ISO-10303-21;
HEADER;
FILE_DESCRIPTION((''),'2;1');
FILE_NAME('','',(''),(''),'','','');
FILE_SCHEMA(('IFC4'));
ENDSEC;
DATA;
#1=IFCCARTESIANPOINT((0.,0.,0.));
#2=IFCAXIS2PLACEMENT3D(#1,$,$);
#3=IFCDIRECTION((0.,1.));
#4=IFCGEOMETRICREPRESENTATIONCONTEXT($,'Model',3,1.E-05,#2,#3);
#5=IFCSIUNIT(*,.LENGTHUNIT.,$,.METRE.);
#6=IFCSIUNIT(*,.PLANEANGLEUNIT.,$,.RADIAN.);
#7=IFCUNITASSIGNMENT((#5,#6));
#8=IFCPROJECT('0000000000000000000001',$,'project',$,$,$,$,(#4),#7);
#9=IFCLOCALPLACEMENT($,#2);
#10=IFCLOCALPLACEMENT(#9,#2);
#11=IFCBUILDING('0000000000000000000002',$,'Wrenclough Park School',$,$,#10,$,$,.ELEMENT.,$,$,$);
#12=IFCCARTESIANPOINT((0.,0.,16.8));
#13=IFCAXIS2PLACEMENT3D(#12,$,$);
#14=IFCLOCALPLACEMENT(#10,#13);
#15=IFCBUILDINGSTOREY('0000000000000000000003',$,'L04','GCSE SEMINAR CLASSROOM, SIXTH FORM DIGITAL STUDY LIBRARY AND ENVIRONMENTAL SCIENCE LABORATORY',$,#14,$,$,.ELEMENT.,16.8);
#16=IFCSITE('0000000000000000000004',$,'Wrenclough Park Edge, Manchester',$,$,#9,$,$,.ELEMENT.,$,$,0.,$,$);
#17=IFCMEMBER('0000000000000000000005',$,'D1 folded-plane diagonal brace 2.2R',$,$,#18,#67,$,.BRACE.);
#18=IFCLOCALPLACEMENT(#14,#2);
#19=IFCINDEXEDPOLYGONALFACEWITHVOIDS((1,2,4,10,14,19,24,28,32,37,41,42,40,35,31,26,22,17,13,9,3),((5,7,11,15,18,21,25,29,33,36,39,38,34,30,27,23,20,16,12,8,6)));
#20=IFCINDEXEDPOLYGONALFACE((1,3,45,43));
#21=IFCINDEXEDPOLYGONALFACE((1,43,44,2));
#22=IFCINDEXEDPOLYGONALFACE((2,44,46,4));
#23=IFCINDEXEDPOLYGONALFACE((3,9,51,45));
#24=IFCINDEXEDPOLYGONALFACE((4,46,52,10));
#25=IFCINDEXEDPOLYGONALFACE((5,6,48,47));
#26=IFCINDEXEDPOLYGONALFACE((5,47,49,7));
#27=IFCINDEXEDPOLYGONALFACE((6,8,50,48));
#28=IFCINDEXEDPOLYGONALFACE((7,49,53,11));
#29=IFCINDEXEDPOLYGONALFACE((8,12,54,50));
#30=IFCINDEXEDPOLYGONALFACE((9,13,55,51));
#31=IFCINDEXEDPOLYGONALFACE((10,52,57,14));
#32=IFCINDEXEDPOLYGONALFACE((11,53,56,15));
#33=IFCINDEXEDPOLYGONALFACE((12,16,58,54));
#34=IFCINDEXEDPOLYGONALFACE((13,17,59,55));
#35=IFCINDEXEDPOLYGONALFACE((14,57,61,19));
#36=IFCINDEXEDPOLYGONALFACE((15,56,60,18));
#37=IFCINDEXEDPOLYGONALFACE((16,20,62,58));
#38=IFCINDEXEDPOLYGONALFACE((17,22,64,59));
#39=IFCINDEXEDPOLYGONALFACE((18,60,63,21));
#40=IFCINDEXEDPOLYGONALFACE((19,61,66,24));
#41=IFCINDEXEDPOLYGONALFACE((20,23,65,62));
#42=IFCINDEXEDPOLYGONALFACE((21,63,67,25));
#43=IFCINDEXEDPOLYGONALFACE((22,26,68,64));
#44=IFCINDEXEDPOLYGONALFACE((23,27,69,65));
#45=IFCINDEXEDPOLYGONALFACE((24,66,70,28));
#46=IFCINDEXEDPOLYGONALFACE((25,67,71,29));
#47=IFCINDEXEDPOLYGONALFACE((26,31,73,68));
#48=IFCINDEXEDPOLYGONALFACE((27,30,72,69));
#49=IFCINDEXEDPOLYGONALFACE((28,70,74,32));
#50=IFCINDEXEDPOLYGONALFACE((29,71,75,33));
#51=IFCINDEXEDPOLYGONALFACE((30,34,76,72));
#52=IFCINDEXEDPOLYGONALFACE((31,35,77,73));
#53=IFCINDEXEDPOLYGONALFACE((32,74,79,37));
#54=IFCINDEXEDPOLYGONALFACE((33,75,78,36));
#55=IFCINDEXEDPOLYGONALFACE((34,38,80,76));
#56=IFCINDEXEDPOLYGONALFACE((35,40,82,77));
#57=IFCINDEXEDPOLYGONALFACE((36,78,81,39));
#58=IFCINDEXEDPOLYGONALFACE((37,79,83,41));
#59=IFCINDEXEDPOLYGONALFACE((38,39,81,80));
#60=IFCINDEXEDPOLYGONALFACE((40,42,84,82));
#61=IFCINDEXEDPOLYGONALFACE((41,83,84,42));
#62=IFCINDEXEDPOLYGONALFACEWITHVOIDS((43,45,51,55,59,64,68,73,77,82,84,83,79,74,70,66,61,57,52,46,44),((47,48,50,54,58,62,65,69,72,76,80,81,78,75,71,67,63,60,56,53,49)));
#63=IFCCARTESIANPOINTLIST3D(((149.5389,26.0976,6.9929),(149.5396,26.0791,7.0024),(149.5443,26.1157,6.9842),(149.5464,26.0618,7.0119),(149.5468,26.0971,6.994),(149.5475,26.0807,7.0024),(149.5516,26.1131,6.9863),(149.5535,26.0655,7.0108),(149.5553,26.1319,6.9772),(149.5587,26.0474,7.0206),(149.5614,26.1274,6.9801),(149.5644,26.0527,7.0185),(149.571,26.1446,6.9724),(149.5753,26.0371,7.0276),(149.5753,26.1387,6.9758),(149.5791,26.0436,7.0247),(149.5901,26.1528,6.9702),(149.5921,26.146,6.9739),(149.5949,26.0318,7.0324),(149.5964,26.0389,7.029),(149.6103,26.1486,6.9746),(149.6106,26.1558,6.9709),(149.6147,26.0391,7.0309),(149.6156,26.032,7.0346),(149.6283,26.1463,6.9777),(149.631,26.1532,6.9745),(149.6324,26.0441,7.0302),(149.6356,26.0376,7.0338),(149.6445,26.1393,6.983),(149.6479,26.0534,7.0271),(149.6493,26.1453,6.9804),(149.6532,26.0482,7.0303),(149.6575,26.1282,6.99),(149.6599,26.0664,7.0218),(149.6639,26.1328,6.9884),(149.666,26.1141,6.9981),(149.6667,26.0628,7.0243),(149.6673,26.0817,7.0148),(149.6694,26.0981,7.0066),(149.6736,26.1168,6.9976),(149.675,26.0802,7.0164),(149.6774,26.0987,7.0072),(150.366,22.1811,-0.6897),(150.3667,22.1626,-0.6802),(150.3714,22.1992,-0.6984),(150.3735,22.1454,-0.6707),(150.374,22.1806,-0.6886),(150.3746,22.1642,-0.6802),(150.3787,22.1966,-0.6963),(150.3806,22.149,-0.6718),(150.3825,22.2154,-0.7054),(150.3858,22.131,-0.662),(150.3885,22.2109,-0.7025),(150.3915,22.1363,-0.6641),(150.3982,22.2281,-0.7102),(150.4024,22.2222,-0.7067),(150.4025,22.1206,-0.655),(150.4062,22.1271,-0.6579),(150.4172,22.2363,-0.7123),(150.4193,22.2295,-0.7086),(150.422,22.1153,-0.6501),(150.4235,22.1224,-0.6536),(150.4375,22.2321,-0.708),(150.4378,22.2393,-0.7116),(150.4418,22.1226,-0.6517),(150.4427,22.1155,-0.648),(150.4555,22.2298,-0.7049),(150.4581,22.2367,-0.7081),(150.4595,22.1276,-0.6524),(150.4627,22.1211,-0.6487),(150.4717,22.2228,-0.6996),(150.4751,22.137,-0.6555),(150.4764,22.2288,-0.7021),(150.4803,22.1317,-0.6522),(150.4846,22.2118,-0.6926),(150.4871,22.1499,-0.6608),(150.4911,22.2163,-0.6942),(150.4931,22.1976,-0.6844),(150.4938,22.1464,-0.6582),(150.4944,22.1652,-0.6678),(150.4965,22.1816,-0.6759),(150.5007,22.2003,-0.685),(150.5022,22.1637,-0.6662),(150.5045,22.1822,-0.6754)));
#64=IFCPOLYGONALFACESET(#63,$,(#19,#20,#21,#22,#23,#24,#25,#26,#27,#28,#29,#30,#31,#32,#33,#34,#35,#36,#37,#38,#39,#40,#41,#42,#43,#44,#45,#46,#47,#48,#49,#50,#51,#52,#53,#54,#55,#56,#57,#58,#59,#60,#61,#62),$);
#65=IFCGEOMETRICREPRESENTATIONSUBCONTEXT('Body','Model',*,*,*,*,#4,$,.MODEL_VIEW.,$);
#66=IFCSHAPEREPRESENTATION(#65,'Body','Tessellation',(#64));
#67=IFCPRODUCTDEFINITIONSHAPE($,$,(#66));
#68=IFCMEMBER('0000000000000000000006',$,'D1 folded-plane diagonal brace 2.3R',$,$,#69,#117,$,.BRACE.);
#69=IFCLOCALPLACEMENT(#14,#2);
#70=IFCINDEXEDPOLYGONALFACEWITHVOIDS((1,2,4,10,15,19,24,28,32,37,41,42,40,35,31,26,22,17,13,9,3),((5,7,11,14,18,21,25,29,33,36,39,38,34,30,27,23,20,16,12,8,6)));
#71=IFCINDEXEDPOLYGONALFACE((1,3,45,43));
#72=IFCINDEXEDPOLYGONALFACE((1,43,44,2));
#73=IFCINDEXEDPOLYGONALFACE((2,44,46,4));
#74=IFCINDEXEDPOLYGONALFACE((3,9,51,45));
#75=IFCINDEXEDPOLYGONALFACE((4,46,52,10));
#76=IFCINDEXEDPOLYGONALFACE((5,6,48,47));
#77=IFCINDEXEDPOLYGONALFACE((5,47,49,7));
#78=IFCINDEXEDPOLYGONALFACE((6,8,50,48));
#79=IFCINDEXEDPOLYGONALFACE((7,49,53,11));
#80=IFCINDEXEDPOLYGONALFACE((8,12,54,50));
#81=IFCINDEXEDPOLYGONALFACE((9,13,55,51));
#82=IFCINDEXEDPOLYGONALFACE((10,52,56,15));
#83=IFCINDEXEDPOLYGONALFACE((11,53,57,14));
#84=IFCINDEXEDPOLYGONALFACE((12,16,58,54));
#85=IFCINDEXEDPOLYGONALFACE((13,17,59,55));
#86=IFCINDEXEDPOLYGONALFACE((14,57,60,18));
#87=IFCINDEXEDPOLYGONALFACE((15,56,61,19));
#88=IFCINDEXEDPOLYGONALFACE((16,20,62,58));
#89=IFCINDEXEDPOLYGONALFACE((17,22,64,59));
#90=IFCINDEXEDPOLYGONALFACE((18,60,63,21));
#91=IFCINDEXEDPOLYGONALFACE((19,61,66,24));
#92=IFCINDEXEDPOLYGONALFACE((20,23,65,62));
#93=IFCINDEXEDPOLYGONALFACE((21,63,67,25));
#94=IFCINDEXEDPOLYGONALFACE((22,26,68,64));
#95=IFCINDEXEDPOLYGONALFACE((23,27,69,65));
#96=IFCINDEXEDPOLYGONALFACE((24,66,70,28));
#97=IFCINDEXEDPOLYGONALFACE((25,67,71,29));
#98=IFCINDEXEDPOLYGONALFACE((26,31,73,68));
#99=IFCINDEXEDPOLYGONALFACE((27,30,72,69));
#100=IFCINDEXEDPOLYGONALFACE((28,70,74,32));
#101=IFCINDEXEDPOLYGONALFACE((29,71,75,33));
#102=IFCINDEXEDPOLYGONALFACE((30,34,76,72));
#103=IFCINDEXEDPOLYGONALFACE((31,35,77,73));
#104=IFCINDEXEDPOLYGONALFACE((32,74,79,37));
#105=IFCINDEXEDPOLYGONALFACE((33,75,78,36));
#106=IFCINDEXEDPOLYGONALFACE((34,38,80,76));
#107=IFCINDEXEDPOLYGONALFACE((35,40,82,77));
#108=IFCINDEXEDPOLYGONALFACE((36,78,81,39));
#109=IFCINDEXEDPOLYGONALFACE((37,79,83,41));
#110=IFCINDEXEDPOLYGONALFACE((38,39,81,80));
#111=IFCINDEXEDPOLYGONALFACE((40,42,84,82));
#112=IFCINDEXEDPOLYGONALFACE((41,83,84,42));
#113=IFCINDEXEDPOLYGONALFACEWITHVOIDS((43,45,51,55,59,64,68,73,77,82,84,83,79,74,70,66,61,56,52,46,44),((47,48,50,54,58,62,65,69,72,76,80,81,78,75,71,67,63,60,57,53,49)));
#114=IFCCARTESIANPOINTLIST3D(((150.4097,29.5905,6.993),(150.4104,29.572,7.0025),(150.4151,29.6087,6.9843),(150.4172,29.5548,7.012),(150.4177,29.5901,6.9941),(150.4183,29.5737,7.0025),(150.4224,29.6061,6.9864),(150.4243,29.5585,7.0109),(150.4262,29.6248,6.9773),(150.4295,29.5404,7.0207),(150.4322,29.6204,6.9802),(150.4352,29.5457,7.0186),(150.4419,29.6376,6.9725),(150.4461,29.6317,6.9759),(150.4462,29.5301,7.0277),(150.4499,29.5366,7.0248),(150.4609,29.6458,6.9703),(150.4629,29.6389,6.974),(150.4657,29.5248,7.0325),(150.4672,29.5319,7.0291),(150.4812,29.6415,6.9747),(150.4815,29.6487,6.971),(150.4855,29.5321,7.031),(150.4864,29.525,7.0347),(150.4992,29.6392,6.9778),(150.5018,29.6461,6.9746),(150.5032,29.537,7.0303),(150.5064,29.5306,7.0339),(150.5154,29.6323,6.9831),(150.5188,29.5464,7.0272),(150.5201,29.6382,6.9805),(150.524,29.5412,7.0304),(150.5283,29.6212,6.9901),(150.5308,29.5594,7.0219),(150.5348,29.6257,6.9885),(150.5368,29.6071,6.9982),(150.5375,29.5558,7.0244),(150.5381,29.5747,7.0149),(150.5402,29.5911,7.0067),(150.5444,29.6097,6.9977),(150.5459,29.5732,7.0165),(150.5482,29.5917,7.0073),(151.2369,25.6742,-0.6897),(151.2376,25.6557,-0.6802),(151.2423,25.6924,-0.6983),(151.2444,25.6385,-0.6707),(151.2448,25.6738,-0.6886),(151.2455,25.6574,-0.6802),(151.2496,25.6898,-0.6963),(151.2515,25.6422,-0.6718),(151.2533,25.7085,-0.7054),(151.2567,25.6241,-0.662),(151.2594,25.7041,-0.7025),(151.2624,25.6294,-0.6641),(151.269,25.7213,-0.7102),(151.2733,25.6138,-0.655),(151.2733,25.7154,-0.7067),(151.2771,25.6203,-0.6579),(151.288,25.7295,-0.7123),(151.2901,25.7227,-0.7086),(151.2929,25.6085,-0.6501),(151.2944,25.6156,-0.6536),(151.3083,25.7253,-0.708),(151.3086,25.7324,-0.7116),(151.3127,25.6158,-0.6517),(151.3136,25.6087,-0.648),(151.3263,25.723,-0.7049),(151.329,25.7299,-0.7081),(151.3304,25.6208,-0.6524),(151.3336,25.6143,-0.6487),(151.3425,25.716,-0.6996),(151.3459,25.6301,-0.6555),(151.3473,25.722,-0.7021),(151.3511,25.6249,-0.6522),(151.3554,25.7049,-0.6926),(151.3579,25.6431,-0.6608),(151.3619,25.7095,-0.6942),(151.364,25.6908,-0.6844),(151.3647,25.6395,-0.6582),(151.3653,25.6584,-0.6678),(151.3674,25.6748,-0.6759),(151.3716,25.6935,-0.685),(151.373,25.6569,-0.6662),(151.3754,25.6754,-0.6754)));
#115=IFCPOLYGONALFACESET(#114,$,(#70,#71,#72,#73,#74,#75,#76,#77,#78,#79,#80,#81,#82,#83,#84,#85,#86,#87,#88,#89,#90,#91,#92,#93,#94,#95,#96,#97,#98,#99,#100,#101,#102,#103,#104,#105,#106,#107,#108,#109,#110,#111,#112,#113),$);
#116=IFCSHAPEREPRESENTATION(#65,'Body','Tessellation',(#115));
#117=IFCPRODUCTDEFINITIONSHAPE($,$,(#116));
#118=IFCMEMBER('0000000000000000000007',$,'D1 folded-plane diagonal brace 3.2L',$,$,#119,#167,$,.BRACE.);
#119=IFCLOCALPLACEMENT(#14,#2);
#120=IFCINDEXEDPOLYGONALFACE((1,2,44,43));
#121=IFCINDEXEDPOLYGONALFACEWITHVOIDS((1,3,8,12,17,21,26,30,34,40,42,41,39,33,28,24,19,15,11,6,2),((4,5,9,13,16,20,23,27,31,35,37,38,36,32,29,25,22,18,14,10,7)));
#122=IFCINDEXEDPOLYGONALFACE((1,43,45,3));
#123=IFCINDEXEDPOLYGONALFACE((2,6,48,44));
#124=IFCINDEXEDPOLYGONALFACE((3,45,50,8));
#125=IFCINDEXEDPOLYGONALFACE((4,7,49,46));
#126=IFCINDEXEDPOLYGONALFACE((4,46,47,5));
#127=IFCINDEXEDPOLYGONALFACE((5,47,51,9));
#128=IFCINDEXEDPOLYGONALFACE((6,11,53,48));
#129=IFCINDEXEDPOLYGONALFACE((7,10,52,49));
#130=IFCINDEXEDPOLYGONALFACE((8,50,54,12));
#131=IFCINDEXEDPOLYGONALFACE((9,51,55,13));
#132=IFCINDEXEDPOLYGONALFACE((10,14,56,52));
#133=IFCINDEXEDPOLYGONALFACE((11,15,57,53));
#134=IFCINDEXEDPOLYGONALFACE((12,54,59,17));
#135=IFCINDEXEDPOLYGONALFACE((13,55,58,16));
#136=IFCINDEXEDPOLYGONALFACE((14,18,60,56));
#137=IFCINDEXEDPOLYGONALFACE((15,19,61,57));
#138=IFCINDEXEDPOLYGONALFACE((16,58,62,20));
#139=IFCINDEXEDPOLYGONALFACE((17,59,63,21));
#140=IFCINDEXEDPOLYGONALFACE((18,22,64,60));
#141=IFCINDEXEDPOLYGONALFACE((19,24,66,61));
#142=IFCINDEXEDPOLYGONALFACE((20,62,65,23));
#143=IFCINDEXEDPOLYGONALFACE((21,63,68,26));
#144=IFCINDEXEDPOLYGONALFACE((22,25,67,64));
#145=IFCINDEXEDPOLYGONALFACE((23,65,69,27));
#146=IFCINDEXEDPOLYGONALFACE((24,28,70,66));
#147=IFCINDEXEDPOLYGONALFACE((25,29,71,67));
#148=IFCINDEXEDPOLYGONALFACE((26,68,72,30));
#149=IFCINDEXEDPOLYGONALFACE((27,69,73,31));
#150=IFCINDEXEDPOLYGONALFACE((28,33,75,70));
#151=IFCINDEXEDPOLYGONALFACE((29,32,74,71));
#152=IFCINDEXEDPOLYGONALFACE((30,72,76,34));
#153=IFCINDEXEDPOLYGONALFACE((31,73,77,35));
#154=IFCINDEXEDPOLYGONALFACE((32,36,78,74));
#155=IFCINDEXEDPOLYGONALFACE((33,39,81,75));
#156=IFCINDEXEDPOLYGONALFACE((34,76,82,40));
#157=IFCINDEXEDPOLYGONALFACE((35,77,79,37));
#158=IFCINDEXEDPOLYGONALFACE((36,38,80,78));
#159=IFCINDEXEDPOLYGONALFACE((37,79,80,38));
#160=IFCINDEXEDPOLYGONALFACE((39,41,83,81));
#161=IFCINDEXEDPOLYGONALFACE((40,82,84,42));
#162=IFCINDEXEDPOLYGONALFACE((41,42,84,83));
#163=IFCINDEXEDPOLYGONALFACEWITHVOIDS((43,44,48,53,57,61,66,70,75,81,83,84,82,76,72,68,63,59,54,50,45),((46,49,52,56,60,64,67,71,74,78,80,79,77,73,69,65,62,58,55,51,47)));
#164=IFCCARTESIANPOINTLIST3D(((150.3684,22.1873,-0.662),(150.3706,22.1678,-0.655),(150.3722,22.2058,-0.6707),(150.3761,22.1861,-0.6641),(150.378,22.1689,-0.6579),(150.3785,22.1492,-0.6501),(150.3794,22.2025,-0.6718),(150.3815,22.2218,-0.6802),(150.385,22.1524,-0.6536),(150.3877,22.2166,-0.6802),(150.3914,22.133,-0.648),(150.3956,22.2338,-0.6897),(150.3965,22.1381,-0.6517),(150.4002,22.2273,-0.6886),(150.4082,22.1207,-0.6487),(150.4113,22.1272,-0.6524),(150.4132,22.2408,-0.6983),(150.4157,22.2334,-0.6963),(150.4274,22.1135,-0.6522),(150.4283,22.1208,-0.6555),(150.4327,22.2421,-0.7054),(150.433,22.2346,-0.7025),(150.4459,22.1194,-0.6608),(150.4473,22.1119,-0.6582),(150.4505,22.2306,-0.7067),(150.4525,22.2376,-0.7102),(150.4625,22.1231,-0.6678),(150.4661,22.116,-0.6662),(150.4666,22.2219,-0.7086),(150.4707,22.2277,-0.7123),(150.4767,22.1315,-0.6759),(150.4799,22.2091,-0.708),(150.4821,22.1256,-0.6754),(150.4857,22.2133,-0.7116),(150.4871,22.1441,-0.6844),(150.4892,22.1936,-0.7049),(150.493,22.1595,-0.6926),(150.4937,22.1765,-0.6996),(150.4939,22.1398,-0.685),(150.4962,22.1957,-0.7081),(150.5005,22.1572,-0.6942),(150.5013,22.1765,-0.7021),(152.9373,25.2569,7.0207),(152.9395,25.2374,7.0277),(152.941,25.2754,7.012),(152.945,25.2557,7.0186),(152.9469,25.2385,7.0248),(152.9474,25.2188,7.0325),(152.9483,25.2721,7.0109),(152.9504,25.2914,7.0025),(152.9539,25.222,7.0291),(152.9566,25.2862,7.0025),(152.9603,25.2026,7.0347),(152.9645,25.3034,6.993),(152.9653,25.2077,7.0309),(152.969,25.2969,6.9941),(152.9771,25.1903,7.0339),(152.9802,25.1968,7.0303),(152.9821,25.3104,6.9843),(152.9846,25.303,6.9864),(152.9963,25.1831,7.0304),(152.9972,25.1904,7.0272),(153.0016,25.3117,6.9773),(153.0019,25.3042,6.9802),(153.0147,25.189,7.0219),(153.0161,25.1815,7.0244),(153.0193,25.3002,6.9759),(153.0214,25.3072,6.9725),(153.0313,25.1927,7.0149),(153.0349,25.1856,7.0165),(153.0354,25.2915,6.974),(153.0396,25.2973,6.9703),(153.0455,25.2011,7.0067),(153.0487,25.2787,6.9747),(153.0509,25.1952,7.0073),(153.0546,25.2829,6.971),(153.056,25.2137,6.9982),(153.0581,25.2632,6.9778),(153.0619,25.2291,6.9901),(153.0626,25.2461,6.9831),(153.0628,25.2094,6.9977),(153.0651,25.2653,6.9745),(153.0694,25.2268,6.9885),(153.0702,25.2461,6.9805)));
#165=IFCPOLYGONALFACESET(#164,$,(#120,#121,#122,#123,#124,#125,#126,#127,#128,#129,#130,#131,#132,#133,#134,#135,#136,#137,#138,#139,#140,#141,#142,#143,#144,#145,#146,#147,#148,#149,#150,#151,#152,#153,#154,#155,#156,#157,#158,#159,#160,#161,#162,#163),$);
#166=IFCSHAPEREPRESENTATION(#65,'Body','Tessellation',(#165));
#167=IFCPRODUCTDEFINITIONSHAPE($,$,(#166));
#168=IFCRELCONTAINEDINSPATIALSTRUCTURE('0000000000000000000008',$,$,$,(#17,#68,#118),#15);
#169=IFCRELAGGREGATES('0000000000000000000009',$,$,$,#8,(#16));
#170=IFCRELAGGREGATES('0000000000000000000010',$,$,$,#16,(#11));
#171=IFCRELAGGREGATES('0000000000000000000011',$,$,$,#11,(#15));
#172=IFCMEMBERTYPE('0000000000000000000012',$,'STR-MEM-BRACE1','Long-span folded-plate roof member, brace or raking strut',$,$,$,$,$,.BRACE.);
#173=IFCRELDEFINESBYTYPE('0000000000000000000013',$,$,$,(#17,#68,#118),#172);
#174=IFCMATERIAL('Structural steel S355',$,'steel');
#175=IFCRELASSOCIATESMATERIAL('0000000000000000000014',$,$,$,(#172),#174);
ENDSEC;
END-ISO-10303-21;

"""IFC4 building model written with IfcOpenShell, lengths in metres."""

from ifc_helpers import new_model, si_unit, direction, frame, origin, origin_2d, place, context, subcontext, project, spatial, hollow_circle, extrude, material, material_profile, profile_set, type_object, element, save


model = new_model("IFC4")

# Units and contexts
model_context = context("Model", 3, precision=1e-05, world=origin(), true_north=direction((0.0, 1.0)))
body_context = subcontext(model_context, "Body", "Model", "MODEL_VIEW")
ifc_project = project(units=[si_unit("LENGTHUNIT", "METRE"), si_unit("PLANEANGLEUNIT", "RADIAN")], contexts=[model_context])

# Site, building, storey
site_placement = place(None, origin())
site = spatial("IfcSite", under=ifc_project, at=site_placement, Name="Wrenclough Park Edge, Manchester", CompositionType="ELEMENT", RefElevation=0.0)
building_placement = place(site_placement, origin())
building = spatial("IfcBuilding", under=site, at=building_placement, Name="Wrenclough Park School", CompositionType="ELEMENT")
storey_placement = place(building_placement, frame((0.0, 0.0, 16.8)))
storey = spatial("IfcBuildingStorey", under=building, at=storey_placement, Name="L04", Description="GCSE SEMINAR CLASSROOM, SIXTH FORM DIGITAL STUDY LIBRARY AND ENVIRONMENTAL SCIENCE LABORATORY", CompositionType="ELEMENT", Elevation=16.8)

# Members
ifc_material_1 = material(Name="Structural steel S355", Category="steel")
ifc_material_profile_1 = material_profile(ifc_material_1, hollow_circle(Radius=0.0698, WallThickness=0.0081, at=origin_2d()), Name="CHS 139.7x8.0")
ifc_profile_set_1 = profile_set([ifc_material_profile_1], Name="Structural steel S355")
member_type_1 = type_object("IfcMemberType", Name="STR-MEM-BRACE1", Description="Long-span folded-plate roof member, brace or raking strut", PredefinedType="BRACE", material=ifc_profile_set_1)
for number, where, z_axis, x_axis, name in (
    (1, (150.4351, 22.177, -0.6802), (-0.095482, 0.452101, 0.886842), (-0.978418, -0.206637, 0.0), "D1 folded-plane diagonal brace 2.2R"),
    (2, (151.3059, 25.6702, -0.6802), (-0.095483, 0.452079, 0.886853), (-0.978415, -0.20665, 0.0), "D1 folded-plane diagonal brace 2.3R"),
    (3, (150.4351, 22.177, -0.6802), (0.296538, 0.354341, 0.886853), (-0.766885, 0.641785, 0.0), "D1 folded-plane diagonal brace 3.2L"),
):
    element("IfcMember", number, at=place(storey_placement, frame(where, z_axis=z_axis, x_axis=x_axis)), inside=storey, type_object=member_type_1, Name=name, PredefinedType="BRACE", context=body_context, shape_type="SweptSolid", body=[
        extrude(hollow_circle(Radius=0.0698, WallThickness=0.0081, at=origin_2d()), origin(), (0.0, 0.0, 1.0), 8.6628),
    ])

save(model, "model.ifc")
